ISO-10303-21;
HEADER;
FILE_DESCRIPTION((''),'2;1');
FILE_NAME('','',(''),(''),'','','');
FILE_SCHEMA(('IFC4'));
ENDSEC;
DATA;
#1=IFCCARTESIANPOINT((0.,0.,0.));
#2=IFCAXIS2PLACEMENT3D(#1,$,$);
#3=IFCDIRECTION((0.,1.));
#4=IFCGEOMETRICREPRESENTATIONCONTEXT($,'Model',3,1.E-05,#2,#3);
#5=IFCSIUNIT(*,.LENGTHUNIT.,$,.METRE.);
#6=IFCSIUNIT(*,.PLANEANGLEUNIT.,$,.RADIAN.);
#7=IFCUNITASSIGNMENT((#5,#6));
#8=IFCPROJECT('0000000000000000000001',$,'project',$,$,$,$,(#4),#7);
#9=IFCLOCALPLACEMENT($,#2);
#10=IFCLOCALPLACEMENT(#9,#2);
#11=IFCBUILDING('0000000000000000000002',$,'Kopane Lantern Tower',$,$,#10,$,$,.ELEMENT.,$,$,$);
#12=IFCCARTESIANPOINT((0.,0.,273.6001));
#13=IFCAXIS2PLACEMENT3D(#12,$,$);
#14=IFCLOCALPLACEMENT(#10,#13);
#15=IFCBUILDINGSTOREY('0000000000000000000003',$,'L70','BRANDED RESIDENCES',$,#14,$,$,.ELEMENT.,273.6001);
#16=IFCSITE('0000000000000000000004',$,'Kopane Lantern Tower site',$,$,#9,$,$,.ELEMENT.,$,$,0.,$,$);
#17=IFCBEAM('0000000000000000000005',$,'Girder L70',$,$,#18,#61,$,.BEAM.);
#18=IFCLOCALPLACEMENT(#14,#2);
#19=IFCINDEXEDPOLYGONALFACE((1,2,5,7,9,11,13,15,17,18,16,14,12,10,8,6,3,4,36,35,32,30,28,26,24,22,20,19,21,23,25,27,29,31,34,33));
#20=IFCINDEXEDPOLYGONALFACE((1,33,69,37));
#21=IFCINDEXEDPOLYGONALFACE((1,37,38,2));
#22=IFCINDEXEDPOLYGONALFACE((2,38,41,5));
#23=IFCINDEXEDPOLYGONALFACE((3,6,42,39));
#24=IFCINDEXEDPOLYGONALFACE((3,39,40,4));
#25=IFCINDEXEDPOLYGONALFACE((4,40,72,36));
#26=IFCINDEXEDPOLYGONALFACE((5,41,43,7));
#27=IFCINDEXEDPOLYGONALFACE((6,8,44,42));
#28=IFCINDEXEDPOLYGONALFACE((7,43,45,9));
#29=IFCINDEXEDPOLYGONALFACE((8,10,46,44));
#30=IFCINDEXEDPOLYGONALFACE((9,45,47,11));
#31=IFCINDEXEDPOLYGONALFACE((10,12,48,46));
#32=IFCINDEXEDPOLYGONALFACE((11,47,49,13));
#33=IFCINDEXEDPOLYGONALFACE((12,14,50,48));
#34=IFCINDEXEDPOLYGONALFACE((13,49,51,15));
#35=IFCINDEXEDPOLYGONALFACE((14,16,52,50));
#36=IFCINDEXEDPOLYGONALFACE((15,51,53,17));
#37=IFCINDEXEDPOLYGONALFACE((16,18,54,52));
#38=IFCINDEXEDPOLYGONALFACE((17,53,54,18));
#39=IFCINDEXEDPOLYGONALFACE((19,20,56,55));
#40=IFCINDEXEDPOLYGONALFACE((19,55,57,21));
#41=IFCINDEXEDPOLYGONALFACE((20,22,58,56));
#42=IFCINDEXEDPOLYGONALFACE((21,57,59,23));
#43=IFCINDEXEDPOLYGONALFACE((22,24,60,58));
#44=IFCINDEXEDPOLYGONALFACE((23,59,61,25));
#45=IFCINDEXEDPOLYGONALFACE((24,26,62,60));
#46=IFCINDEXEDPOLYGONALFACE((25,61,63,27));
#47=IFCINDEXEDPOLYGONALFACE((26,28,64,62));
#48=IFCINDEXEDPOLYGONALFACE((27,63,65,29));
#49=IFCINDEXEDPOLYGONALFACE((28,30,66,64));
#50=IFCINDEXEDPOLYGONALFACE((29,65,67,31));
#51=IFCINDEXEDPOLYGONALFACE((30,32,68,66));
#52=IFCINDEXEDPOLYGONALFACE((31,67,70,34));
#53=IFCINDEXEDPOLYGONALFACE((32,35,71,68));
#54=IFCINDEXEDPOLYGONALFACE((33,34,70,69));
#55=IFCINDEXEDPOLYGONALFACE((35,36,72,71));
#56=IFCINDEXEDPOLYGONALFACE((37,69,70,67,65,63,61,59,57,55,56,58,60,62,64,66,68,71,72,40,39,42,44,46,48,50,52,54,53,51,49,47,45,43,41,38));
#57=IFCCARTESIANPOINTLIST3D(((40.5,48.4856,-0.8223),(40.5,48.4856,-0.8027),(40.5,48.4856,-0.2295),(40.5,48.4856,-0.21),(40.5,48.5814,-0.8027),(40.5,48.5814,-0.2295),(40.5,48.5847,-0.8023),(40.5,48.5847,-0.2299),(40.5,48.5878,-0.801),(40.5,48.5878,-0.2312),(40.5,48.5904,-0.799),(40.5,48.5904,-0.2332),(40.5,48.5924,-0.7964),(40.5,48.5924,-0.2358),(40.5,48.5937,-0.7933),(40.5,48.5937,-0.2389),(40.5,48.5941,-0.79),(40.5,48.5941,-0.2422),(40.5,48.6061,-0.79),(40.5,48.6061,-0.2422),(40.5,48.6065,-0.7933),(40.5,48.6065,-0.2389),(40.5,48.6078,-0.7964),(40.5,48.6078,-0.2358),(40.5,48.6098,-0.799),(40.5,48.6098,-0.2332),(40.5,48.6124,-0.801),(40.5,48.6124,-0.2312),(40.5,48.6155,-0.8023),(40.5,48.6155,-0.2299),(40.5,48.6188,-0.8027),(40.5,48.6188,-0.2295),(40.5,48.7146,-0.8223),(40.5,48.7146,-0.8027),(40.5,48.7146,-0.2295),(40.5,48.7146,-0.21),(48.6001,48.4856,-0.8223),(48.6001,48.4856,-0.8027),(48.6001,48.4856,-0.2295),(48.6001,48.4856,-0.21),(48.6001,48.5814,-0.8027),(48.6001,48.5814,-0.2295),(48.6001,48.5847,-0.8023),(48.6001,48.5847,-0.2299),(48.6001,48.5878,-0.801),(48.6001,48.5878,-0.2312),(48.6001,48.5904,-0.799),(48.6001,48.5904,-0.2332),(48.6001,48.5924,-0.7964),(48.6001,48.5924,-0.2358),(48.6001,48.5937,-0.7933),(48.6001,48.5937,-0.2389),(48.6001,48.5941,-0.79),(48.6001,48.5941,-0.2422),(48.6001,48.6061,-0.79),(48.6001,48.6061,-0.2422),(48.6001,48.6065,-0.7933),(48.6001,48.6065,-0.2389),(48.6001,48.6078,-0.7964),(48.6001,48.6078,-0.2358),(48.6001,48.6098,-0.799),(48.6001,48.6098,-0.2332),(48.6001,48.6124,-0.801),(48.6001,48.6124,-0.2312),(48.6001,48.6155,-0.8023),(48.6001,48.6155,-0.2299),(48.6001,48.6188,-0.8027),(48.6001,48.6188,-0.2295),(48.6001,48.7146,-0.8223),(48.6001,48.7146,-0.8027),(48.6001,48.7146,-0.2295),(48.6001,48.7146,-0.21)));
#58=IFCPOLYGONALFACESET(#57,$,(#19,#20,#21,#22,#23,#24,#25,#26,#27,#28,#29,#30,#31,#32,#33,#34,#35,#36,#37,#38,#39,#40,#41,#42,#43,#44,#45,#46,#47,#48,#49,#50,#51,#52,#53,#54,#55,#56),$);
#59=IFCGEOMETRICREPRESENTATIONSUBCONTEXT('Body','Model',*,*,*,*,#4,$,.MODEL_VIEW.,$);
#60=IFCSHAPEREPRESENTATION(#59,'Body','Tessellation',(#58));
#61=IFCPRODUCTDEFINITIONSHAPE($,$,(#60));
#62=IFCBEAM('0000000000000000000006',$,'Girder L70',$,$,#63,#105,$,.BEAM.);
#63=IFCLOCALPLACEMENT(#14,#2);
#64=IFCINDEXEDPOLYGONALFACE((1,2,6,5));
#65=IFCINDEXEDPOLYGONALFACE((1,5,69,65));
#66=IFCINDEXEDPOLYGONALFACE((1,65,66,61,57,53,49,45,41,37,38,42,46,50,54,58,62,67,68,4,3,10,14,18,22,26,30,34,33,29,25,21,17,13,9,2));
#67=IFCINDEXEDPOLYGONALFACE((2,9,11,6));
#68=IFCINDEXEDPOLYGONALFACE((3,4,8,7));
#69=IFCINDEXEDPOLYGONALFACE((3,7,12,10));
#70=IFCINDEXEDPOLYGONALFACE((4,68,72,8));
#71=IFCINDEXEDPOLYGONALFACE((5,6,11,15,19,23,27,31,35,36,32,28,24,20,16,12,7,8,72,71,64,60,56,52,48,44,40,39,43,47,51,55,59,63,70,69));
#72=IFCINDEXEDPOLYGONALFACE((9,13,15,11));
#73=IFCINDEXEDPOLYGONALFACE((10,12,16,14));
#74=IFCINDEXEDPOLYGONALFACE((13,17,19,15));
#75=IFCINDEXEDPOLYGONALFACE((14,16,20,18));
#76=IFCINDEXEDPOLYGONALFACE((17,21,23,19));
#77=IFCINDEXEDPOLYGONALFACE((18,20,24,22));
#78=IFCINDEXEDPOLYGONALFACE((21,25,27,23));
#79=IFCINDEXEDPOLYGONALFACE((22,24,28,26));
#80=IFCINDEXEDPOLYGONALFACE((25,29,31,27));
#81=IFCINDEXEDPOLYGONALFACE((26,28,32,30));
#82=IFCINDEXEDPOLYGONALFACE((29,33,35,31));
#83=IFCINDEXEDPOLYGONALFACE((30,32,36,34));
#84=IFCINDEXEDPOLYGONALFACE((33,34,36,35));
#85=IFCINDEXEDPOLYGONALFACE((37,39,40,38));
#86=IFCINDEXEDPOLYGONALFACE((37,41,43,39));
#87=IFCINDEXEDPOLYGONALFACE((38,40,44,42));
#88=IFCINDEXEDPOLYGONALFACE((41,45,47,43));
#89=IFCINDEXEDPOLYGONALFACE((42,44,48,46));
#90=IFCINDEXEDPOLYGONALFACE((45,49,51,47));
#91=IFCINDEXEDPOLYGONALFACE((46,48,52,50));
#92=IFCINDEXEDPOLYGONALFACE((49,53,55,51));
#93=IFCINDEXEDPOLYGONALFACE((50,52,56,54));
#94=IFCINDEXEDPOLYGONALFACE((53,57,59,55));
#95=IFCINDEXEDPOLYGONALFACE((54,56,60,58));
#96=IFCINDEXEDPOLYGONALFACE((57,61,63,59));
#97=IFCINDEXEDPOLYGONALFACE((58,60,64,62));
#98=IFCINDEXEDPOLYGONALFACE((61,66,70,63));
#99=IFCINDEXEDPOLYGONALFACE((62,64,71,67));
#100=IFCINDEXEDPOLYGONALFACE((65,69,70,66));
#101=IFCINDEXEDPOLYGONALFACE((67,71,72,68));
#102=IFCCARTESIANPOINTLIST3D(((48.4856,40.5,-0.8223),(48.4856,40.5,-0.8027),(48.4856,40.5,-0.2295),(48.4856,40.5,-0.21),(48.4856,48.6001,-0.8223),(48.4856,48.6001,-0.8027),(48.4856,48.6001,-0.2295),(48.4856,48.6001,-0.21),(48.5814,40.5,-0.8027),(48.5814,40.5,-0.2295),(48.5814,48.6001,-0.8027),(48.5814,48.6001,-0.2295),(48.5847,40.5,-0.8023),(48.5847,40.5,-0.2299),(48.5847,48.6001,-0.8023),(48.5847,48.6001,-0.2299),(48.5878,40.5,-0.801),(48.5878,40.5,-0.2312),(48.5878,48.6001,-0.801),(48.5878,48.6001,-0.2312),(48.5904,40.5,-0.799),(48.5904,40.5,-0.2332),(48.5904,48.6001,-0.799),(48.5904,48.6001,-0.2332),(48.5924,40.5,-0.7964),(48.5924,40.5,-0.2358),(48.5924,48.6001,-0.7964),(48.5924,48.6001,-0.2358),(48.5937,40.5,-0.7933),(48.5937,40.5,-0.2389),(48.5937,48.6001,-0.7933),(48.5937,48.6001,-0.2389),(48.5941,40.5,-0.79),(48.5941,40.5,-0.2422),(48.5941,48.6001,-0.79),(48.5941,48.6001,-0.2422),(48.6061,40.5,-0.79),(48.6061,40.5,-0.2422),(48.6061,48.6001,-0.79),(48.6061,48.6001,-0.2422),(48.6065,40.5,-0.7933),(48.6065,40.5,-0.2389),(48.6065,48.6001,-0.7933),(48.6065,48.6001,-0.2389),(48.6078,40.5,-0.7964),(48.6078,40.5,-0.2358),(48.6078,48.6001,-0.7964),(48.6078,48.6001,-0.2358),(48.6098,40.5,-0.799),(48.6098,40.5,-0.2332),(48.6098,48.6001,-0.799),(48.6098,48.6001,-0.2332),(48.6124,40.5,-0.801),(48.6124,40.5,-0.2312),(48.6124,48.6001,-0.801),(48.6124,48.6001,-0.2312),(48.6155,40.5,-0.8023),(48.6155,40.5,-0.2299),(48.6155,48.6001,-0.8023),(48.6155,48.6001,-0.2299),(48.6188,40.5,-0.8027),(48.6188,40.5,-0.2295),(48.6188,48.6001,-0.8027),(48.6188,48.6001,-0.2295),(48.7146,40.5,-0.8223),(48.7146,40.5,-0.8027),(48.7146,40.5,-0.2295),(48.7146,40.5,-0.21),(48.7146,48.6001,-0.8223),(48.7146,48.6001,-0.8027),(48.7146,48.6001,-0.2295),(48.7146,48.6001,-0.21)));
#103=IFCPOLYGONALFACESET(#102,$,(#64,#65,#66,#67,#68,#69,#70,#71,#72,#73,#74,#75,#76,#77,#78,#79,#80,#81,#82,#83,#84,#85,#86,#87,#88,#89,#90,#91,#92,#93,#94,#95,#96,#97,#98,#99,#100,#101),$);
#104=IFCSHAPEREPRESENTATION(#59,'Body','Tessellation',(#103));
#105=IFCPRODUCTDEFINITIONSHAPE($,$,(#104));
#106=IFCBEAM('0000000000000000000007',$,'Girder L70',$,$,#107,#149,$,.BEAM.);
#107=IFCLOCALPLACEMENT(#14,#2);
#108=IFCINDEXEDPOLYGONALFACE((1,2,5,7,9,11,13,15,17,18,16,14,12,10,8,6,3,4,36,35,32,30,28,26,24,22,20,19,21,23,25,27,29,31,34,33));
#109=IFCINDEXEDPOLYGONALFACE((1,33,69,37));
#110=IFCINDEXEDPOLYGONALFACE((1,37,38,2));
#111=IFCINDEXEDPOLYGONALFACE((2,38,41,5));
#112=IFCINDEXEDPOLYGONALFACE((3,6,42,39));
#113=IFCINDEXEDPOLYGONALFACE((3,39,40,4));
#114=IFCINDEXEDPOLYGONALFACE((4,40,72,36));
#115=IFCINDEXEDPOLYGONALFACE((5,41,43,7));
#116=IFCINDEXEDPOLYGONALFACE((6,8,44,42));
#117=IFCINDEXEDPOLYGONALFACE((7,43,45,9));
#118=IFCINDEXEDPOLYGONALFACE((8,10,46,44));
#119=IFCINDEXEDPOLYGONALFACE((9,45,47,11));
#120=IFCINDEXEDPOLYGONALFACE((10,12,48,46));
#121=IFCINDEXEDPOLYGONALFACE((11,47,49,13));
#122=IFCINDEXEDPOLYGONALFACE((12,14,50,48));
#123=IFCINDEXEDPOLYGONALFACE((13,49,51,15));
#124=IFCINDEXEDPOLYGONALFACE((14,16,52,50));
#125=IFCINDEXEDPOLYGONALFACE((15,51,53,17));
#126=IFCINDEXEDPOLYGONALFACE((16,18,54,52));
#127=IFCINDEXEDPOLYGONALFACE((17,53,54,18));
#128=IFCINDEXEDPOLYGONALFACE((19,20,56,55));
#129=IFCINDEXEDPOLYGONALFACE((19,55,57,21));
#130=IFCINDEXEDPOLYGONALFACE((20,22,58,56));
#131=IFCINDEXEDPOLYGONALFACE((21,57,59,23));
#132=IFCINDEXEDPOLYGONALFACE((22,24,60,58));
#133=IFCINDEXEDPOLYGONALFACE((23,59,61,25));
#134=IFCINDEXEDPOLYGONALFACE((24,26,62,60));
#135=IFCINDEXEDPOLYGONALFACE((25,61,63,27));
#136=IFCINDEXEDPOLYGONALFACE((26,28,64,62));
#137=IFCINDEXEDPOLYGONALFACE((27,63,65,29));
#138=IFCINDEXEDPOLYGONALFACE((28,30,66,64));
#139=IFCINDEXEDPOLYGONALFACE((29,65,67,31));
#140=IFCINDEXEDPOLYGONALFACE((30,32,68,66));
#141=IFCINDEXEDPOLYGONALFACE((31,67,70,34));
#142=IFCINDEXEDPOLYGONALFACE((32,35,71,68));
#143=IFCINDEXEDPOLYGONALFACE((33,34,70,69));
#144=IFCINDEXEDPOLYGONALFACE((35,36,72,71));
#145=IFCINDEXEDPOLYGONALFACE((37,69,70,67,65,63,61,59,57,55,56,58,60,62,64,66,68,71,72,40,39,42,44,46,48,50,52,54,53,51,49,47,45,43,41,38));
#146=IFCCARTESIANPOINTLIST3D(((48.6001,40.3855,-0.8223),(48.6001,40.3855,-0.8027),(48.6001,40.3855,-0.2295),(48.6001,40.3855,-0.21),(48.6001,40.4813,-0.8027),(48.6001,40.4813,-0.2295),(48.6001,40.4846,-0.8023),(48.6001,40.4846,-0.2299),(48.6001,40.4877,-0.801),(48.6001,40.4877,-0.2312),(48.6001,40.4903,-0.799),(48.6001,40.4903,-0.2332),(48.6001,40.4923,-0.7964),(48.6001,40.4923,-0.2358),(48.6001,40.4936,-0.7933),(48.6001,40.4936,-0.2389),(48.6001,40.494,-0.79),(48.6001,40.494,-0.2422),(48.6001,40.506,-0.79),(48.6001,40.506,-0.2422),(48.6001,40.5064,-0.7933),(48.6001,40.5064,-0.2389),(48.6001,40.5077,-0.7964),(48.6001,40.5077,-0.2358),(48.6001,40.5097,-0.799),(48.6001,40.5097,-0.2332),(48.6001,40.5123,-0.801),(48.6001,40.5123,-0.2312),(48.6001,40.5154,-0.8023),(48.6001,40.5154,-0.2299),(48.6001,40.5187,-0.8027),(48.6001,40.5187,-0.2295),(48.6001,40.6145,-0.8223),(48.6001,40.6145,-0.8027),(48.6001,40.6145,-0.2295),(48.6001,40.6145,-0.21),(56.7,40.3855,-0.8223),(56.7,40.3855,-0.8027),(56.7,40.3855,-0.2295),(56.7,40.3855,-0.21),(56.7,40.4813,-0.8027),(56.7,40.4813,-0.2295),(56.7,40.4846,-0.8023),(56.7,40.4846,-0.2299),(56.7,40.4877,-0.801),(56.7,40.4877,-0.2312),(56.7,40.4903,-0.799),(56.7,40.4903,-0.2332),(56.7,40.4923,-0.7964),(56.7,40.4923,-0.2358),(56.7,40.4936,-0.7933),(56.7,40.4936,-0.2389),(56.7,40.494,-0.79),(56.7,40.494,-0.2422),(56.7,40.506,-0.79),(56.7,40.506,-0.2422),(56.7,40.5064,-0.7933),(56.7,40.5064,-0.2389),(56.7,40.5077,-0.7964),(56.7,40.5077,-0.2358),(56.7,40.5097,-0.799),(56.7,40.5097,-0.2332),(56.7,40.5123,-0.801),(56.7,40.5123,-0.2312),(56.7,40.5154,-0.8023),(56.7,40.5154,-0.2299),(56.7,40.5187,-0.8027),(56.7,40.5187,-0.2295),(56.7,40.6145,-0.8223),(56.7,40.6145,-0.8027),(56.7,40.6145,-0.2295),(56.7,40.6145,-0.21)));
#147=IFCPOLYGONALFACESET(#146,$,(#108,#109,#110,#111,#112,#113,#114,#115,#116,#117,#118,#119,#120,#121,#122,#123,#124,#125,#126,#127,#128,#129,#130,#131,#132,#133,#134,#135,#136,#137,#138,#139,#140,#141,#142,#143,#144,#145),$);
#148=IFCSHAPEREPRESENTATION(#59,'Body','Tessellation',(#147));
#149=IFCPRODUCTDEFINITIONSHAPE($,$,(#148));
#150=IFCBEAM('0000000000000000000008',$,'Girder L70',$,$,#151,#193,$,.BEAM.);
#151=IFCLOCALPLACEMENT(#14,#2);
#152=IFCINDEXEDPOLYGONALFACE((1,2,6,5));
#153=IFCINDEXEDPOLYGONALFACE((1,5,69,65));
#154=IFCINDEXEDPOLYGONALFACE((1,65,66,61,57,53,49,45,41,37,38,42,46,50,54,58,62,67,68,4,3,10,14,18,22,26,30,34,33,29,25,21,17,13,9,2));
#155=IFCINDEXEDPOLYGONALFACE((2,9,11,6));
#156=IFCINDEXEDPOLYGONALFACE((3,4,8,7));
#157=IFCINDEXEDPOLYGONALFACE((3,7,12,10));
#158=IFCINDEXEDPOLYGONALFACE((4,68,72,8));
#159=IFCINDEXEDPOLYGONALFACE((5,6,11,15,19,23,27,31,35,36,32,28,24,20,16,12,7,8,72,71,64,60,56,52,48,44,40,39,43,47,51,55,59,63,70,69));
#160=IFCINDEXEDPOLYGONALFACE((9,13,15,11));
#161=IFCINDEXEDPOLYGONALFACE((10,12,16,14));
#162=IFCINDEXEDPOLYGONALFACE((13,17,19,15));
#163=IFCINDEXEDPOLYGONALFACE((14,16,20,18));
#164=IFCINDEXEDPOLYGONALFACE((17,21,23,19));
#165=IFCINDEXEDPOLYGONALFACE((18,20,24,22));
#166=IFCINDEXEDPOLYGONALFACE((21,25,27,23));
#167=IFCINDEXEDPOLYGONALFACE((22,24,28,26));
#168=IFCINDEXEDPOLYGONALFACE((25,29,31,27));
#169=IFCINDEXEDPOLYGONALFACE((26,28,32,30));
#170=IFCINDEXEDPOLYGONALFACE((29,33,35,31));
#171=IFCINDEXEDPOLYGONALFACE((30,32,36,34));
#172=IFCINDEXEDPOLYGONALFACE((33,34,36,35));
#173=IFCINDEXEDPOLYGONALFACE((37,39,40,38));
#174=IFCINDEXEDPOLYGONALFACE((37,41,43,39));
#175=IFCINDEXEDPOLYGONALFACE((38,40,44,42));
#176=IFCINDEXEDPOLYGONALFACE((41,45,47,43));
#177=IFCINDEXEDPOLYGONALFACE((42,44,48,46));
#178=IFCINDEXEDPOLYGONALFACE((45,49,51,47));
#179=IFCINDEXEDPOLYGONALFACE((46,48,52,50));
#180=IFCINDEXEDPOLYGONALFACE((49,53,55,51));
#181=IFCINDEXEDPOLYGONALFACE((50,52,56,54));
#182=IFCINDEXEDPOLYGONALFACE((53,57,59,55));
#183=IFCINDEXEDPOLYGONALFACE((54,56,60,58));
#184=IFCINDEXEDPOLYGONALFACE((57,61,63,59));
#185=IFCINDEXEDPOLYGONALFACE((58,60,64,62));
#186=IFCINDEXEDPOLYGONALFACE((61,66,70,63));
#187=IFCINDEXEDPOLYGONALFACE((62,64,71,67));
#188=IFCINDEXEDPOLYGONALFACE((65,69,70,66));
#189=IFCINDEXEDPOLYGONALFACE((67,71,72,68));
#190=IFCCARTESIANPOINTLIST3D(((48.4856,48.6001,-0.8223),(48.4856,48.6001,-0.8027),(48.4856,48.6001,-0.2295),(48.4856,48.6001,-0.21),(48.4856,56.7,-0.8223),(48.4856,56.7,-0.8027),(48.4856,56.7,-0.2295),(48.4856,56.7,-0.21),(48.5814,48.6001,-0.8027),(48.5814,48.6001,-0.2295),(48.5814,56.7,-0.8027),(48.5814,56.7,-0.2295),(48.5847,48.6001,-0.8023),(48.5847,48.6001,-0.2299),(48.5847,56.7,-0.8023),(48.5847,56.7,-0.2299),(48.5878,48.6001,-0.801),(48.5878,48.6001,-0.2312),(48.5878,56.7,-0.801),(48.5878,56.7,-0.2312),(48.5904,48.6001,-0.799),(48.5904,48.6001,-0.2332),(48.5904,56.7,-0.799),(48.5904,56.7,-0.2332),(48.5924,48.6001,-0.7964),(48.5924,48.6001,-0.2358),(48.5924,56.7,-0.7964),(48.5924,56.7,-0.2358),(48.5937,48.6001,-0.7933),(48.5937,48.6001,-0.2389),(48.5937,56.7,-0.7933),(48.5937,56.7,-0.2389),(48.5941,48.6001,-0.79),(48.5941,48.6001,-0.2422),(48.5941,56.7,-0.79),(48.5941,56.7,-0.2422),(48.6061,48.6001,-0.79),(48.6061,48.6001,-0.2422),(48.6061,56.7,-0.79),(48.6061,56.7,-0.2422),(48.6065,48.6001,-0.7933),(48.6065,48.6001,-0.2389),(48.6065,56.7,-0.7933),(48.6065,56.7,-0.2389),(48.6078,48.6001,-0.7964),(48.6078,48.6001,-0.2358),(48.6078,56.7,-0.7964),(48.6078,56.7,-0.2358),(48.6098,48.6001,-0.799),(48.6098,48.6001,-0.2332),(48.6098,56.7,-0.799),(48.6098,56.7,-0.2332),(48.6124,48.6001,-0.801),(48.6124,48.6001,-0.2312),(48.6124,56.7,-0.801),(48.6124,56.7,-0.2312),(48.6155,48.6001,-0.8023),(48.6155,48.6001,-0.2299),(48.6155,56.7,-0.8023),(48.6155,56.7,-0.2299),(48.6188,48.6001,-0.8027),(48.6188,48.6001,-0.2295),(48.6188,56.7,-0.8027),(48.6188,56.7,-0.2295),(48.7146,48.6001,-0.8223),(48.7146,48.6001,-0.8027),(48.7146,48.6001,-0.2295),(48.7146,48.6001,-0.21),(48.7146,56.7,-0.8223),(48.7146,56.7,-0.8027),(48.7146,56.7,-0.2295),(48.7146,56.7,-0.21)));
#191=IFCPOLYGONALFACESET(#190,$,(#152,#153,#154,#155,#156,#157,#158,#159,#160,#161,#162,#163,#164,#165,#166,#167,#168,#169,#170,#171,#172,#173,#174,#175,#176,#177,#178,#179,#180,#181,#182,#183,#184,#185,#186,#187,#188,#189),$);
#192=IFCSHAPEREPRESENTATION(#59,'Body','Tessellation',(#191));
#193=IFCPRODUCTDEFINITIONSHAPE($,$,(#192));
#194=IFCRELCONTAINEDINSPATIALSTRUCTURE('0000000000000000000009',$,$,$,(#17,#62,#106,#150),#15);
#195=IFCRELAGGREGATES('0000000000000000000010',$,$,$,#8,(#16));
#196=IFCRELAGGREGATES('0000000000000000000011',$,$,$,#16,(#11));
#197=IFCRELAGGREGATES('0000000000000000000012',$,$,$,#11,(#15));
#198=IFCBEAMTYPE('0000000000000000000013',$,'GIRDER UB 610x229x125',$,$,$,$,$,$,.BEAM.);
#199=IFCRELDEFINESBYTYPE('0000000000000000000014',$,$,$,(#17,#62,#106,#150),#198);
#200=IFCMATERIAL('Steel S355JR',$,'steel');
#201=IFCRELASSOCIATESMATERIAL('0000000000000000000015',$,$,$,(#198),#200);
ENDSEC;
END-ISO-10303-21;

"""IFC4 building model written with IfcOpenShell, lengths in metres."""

from ifc_helpers import new_model, si_unit, direction, frame, origin, origin_2d, place, context, subcontext, project, spatial, i_section, extrude, material, material_profile, profile_set, type_object, element, save


model = new_model("IFC4")

# Units and contexts
model_context = context("Model", 3, precision=1e-05, world=origin(), true_north=direction((0.0, 1.0)))
body_context = subcontext(model_context, "Body", "Model", "MODEL_VIEW")
ifc_project = project(units=[si_unit("LENGTHUNIT", "METRE"), si_unit("PLANEANGLEUNIT", "RADIAN")], contexts=[model_context])

# Site, building, storey
site_placement = place(None, origin())
site = spatial("IfcSite", under=ifc_project, at=site_placement, Name="Kopane Lantern Tower site", CompositionType="ELEMENT", RefElevation=0.0)
building_placement = place(site_placement, origin())
building = spatial("IfcBuilding", under=site, at=building_placement, Name="Kopane Lantern Tower", CompositionType="ELEMENT")
storey_placement = place(building_placement, frame((0.0, 0.0, 273.6001)))
storey = spatial("IfcBuildingStorey", under=building, at=storey_placement, Name="L70", Description="BRANDED RESIDENCES", CompositionType="ELEMENT", Elevation=273.6001)

# Beams
ifc_material_1 = material(Name="Steel S355JR", Category="steel")
ifc_material_profile_1 = material_profile(ifc_material_1, i_section(OverallWidth=0.229, OverallDepth=0.6123, WebThickness=0.012, FlangeThickness=0.0195, FilletRadius=0.0127, at=origin_2d()), Name="UB 610x229x125")
ifc_profile_set_1 = profile_set([ifc_material_profile_1], Name="Steel S355JR")
beam_type = type_object("IfcBeamType", Name="GIRDER UB 610x229x125", PredefinedType="BEAM", material=ifc_profile_set_1)
for number, where, z_axis, x_axis, name in (
    (1, (40.5, 48.6001, -0.5161), (1.0, 0.0, 0.0), (0.0, 1.0, 0.0), "Girder L70"),
    (2, (48.6001, 40.5, -0.5161), (0.0, 1.0, 0.0), (-1.0, 0.0, 0.0), "Girder L70"),
):
    element("IfcBeam", number, at=place(storey_placement, frame(where, z_axis=z_axis, x_axis=x_axis)), inside=storey, type_object=beam_type, Name=name, PredefinedType="BEAM", context=body_context, shape_type="SweptSolid", body=[
        extrude(i_section(OverallWidth=0.229, OverallDepth=0.6123, WebThickness=0.012, FlangeThickness=0.0195, FilletRadius=0.0127, at=origin_2d()), origin(), (0.0, 0.0, 1.0), 8.1001),
    ])
for number, where, z_axis, x_axis, name in (
    (3, (48.6001, 40.5, -0.5161), (1.0, 0.0, 0.0), (0.0, 1.0, 0.0), "Girder L70"),
    (4, (48.6001, 48.6001, -0.5161), (0.0, 1.0, 0.0), (-1.0, 0.0, 0.0), "Girder L70"),
):
    element("IfcBeam", number, at=place(storey_placement, frame(where, z_axis=z_axis, x_axis=x_axis)), inside=storey, type_object=beam_type, Name=name, PredefinedType="BEAM", context=body_context, shape_type="SweptSolid", body=[
        extrude(i_section(OverallWidth=0.229, OverallDepth=0.6123, WebThickness=0.012, FlangeThickness=0.0195, FilletRadius=0.0127, at=origin_2d()), origin(), (0.0, 0.0, 1.0), 8.0999),
    ])

save(model, "model.ifc")
